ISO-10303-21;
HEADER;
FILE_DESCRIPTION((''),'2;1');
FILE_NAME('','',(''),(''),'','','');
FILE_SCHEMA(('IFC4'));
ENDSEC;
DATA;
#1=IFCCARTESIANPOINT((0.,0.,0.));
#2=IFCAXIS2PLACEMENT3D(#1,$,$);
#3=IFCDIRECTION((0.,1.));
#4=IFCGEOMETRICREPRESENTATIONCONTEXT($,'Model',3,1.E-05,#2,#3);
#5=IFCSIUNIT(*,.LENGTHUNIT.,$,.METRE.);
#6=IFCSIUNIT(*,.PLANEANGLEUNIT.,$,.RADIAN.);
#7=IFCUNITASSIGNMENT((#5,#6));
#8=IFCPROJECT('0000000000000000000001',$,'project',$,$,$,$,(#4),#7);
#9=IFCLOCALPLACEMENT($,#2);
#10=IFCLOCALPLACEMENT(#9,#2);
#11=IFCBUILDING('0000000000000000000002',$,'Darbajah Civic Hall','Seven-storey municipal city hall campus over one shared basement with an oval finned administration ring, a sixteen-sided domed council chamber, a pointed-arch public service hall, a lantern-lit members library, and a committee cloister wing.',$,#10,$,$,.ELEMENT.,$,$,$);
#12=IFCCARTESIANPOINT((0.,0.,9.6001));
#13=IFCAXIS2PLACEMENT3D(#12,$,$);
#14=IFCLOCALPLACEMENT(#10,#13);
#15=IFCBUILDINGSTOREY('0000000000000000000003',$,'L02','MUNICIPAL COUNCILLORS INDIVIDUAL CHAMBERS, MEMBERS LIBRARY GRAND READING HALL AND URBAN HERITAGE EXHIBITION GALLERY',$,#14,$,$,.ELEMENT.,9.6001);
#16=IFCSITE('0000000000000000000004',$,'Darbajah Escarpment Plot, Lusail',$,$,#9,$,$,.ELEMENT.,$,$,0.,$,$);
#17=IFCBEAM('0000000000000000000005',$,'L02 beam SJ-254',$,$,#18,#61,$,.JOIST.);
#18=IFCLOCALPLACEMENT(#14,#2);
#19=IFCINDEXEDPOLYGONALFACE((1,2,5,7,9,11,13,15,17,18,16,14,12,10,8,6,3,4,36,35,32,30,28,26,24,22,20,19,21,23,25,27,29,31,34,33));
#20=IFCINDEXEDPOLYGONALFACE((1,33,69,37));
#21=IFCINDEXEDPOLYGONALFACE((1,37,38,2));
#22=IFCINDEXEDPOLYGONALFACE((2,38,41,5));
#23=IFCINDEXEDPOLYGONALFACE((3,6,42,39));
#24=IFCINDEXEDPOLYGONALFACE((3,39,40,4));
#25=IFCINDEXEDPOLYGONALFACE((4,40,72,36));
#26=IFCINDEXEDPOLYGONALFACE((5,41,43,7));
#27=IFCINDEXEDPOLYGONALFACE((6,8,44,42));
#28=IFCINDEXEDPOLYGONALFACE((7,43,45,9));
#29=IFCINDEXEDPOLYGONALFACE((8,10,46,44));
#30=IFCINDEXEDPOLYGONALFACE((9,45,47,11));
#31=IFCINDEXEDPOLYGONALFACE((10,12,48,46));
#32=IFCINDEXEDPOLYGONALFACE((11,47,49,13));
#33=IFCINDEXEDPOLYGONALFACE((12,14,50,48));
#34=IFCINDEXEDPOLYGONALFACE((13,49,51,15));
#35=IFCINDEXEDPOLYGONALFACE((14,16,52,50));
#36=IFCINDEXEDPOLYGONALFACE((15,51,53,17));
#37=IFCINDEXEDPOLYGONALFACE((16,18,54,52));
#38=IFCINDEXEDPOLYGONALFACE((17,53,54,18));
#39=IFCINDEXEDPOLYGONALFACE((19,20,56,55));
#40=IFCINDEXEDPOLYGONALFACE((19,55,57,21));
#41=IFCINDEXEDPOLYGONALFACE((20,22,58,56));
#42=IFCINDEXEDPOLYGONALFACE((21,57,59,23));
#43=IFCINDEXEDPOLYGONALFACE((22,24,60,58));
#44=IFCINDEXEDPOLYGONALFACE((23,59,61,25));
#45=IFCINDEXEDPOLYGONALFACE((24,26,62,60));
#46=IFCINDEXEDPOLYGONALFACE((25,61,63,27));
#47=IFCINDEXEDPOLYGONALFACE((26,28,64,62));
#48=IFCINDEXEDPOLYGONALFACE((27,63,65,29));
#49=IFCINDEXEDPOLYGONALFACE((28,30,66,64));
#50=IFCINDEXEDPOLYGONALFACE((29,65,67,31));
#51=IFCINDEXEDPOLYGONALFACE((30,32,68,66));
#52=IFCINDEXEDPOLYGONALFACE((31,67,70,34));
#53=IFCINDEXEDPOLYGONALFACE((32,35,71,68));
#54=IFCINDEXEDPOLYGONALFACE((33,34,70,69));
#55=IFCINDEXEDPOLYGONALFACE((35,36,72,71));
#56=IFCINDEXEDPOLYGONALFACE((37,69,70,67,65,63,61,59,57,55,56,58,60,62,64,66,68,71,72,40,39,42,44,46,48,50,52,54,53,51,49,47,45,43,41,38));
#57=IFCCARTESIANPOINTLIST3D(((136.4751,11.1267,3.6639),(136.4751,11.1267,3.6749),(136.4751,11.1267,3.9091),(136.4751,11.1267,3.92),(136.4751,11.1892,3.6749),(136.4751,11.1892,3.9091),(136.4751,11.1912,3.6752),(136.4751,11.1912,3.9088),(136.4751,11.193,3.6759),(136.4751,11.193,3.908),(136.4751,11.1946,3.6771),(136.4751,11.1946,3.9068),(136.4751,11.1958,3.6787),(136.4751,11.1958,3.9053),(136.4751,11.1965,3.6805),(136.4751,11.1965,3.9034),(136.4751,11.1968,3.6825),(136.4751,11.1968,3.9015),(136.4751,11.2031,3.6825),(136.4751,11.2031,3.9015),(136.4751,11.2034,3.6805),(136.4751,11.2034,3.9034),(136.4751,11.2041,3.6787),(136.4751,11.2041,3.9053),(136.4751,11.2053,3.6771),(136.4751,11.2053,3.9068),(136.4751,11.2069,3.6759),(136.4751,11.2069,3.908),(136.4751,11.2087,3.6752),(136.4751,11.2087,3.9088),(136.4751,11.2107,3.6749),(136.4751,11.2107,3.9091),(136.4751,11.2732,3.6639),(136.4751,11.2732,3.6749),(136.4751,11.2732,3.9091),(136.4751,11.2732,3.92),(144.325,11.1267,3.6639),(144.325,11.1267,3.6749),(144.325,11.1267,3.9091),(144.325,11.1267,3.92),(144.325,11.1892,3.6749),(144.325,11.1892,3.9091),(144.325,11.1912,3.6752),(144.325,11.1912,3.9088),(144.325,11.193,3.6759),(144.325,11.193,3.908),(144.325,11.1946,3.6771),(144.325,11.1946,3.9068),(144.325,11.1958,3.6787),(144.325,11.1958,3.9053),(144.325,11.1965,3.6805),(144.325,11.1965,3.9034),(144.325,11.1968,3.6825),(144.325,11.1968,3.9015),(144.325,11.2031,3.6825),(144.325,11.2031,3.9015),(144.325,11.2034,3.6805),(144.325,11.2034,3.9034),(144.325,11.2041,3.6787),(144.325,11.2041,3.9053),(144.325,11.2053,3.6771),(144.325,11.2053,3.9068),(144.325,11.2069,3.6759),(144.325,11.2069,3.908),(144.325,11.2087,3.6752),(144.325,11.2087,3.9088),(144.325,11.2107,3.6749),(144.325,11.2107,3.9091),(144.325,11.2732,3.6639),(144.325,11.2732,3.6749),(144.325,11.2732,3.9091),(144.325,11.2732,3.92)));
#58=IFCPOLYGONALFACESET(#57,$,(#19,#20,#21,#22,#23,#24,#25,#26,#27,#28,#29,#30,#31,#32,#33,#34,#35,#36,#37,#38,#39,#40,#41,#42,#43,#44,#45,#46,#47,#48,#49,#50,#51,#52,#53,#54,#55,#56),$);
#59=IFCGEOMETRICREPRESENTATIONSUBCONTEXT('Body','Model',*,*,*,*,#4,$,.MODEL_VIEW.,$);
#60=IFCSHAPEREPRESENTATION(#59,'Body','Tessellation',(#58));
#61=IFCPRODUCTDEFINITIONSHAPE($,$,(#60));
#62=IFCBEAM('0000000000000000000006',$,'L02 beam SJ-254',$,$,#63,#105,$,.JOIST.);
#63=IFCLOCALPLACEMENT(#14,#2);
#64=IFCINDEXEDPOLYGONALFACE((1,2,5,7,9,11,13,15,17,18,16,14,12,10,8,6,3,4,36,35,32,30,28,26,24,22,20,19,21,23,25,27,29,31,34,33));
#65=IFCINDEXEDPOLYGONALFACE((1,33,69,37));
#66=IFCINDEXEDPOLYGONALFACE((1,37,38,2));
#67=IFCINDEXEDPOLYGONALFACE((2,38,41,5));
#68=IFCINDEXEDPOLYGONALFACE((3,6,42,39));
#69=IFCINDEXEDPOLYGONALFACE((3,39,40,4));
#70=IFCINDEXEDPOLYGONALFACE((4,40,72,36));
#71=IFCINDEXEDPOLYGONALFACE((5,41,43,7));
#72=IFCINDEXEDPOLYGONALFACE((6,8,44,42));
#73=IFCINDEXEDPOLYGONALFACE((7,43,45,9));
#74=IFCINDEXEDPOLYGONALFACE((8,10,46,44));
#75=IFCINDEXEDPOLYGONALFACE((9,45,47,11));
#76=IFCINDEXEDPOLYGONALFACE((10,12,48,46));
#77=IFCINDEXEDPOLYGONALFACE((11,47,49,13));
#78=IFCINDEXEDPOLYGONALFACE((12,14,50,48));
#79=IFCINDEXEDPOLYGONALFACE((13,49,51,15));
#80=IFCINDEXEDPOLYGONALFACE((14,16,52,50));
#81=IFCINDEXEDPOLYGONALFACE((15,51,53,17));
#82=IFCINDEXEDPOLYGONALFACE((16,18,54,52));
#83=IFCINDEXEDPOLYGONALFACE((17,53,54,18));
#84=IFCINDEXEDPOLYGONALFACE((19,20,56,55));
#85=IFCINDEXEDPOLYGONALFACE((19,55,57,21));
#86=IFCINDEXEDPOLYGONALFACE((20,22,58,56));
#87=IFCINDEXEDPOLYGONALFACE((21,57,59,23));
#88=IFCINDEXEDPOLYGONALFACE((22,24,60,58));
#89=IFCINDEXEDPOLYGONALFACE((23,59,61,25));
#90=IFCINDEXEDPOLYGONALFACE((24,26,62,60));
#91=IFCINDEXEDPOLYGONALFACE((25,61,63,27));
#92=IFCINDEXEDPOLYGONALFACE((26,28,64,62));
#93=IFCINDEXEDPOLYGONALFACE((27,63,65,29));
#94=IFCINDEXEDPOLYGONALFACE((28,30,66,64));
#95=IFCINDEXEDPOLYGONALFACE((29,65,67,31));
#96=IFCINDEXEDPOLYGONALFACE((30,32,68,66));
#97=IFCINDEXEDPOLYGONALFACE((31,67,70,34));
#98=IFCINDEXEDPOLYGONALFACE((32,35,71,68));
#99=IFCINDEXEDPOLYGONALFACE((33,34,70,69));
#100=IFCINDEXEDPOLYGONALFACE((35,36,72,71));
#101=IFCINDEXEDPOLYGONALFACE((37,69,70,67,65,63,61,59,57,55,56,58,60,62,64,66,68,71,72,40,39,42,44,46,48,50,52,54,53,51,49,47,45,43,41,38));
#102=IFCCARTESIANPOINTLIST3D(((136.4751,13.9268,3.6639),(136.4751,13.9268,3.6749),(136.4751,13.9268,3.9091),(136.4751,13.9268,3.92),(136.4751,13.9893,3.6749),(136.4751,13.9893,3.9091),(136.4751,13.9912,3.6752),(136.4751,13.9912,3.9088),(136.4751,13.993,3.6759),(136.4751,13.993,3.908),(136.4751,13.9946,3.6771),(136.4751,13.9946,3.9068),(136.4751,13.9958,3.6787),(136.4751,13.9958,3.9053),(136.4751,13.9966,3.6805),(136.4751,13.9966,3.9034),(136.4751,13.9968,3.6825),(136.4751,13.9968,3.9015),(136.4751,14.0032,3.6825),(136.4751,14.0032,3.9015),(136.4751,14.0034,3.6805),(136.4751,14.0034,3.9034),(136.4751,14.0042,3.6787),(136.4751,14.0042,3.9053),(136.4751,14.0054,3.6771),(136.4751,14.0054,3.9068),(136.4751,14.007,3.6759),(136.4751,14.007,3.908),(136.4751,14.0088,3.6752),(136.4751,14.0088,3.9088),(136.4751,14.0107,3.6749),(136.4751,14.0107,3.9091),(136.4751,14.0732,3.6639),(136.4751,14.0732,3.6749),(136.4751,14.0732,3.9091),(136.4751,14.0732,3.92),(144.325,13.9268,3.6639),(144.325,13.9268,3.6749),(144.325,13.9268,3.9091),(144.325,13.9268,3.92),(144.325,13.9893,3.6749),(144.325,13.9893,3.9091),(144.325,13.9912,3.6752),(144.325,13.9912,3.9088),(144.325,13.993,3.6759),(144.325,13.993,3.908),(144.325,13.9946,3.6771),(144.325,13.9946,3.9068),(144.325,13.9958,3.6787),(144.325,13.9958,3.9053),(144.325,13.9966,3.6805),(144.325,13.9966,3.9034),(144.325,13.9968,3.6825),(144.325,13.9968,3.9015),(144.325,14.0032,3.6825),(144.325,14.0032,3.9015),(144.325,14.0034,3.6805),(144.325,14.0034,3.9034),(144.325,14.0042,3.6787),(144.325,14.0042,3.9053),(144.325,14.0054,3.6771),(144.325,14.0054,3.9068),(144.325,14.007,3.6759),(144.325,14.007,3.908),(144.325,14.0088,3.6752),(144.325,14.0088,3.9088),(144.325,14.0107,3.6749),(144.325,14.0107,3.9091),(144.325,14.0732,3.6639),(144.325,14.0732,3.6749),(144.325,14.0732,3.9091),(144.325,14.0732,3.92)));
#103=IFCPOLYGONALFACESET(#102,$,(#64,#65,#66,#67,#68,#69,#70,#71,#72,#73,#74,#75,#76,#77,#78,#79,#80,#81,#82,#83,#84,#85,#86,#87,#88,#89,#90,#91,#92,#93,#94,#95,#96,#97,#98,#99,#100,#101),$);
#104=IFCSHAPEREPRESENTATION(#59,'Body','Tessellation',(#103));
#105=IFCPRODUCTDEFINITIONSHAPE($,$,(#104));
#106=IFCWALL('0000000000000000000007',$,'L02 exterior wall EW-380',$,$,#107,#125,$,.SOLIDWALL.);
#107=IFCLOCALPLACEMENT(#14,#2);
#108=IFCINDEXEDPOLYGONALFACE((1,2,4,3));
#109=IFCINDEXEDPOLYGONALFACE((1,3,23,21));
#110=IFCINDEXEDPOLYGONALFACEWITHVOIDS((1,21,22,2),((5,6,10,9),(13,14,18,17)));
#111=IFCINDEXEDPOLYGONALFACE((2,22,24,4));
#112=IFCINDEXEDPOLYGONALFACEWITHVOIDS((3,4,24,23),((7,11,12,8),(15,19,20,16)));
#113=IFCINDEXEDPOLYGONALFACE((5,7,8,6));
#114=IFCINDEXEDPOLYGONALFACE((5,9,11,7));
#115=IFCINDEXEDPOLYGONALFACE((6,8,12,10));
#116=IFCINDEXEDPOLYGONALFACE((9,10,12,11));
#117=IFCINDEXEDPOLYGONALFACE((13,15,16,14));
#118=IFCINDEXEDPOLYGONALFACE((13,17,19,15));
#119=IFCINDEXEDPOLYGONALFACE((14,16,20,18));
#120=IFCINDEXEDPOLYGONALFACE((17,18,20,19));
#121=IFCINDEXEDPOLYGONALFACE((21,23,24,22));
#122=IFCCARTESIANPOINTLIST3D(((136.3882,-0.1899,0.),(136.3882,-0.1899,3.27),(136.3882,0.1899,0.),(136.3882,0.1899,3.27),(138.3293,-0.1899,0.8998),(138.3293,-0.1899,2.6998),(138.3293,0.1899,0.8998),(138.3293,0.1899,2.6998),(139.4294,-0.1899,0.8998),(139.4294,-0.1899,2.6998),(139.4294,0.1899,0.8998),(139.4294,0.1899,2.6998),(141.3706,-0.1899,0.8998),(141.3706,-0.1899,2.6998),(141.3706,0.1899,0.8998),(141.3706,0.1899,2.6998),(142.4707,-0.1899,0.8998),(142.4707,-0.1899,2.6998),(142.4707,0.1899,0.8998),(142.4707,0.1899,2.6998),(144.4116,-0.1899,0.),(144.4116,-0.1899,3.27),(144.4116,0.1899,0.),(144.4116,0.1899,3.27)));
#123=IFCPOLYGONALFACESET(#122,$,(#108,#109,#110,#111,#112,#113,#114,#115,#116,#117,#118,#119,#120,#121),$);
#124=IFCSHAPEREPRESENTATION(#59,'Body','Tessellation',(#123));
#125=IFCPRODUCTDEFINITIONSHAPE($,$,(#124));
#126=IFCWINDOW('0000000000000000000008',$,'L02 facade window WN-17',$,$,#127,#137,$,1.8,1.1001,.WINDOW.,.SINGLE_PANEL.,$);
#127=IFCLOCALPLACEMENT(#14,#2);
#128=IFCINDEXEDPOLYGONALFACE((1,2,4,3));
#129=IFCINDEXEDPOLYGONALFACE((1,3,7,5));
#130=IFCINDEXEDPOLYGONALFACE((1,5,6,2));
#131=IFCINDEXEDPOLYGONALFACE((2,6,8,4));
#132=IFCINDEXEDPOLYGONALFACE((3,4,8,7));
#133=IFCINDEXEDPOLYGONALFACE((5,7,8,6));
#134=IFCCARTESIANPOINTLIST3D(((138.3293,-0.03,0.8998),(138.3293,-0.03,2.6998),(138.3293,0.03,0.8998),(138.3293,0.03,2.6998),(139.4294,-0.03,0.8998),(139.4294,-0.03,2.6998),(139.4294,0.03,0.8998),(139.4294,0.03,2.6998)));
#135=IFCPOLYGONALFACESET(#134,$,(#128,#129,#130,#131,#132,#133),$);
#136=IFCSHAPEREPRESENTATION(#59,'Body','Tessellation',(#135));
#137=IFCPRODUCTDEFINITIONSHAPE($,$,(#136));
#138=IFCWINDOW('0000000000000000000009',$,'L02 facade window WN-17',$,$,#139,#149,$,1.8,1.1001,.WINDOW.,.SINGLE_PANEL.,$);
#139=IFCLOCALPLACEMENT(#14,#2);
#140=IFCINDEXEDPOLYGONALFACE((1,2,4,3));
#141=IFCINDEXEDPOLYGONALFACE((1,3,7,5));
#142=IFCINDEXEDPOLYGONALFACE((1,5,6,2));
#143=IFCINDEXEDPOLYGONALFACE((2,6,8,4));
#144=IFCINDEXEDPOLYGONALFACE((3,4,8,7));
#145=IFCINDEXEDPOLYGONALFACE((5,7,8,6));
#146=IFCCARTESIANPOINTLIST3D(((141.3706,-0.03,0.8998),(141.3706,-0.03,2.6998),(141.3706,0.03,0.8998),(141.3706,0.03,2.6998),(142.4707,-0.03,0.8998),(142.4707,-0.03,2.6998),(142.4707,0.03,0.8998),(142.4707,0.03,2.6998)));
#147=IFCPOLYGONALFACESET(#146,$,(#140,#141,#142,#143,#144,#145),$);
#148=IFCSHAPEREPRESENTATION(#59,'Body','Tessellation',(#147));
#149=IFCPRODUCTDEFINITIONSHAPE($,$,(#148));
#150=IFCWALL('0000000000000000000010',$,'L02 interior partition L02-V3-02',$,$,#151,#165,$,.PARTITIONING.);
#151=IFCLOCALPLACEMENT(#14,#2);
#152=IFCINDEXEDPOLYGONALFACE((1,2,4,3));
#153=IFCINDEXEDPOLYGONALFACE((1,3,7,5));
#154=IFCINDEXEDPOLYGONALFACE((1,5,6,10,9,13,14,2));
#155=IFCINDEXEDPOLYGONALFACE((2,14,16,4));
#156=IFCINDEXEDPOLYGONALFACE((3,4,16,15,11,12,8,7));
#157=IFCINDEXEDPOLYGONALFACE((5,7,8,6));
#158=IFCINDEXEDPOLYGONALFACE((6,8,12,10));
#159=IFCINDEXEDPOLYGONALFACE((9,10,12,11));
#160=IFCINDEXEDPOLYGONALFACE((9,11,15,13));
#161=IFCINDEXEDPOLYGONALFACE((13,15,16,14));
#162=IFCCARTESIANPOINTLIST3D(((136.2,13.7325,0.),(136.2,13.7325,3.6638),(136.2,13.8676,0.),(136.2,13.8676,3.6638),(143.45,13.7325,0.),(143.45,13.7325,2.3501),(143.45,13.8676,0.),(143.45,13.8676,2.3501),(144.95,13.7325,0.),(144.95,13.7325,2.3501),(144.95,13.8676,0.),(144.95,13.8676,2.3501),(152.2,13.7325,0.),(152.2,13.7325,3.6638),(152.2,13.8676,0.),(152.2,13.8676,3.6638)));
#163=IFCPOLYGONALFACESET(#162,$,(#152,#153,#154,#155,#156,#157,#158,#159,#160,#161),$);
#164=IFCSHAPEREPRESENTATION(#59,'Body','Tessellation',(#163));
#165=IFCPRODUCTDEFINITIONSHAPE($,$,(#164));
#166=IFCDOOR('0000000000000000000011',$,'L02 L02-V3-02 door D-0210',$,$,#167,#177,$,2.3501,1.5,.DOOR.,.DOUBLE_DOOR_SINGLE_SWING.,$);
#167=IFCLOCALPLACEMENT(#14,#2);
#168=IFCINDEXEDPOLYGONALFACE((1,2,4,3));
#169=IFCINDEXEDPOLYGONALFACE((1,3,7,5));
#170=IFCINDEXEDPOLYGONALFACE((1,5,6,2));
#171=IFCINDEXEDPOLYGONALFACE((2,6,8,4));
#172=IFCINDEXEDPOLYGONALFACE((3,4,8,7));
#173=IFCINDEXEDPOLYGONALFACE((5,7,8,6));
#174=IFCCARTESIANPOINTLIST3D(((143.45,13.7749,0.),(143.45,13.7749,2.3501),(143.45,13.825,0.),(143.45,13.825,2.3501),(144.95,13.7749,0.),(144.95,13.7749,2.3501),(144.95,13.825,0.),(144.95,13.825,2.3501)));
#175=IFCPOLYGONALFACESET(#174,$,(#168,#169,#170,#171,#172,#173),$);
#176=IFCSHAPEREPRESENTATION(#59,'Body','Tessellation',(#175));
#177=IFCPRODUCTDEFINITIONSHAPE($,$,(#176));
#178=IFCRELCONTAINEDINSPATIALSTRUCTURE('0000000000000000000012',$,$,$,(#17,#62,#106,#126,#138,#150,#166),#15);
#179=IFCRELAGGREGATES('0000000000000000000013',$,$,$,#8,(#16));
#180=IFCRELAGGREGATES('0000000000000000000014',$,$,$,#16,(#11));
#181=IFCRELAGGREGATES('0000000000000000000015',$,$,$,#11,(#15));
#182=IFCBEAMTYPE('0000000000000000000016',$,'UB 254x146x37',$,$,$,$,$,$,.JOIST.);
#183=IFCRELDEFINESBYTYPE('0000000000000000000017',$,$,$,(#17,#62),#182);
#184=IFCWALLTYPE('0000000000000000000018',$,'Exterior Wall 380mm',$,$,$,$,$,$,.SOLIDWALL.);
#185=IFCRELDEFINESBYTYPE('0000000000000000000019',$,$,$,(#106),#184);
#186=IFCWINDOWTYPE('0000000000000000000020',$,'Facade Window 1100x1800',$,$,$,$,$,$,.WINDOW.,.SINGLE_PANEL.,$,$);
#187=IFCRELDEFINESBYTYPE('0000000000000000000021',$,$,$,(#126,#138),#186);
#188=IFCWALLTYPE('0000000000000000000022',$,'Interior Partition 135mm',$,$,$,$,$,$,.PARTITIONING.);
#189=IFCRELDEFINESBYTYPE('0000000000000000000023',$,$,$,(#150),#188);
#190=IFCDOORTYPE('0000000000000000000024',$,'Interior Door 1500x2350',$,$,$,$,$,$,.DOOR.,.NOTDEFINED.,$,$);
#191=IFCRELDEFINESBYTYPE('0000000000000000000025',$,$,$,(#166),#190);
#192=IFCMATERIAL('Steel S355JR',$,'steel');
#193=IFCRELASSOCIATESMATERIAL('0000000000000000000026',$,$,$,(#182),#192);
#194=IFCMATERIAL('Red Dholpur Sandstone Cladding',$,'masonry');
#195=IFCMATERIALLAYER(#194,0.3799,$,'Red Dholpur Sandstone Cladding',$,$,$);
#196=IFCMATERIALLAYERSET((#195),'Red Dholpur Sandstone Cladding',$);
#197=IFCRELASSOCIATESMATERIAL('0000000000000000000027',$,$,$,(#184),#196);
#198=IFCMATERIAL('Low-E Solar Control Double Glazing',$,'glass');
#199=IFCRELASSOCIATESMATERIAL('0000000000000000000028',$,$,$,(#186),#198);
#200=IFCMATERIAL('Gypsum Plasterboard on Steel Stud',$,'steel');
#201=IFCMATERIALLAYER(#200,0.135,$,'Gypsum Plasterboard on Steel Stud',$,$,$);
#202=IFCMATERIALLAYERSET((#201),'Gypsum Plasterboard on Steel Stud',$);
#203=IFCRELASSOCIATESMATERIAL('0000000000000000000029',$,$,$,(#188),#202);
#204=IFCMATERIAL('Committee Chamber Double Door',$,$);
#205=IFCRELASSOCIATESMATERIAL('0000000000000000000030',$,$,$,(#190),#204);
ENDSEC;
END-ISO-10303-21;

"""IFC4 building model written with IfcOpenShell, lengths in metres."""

from ifc_helpers import new_model, si_unit, direction, frame, frame_2d, origin, origin_2d, place, context, subcontext, project, spatial, rectangle, i_section, extrude, material, layer, layer_set, material_profile, profile_set, type_object, element, fill, save


model = new_model("IFC4")

# Units and contexts
model_context = context("Model", 3, precision=1e-05, world=origin(), true_north=direction((0.0, 1.0)))
body_context = subcontext(model_context, "Body", "Model", "MODEL_VIEW")
ifc_project = project(units=[si_unit("LENGTHUNIT", "METRE"), si_unit("PLANEANGLEUNIT", "RADIAN")], contexts=[model_context])

# Site, building, storey
site_placement = place(None, origin())
site = spatial("IfcSite", under=ifc_project, at=site_placement, Name="Darbajah Escarpment Plot, Lusail", CompositionType="ELEMENT", RefElevation=0.0)
building_placement = place(site_placement, origin())
building = spatial("IfcBuilding", under=site, at=building_placement, Name="Darbajah Civic Hall", Description="Seven-storey municipal city hall campus over one shared basement with an oval finned administration ring, a sixteen-sided domed council chamber, a pointed-arch public service hall, a lantern-lit members library, and a committee cloister wing.", CompositionType="ELEMENT")
storey_placement = place(building_placement, frame((0.0, 0.0, 9.6001)))
storey = spatial("IfcBuildingStorey", under=building, at=storey_placement, Name="L02", Description="MUNICIPAL COUNCILLORS INDIVIDUAL CHAMBERS, MEMBERS LIBRARY GRAND READING HALL AND URBAN HERITAGE EXHIBITION GALLERY", CompositionType="ELEMENT", Elevation=9.6001)

# Shared definitions
ifc_material_1 = material(Name="Steel S355JR", Category="steel")

# Beams
ifc_material_profile_1 = material_profile(ifc_material_1, i_section(OverallWidth=0.1465, OverallDepth=0.2561, WebThickness=0.0063, FlangeThickness=0.011, FilletRadius=0.0076, at=origin_2d()), Name="UB 254x146x37")
ifc_profile_set_1 = profile_set([ifc_material_profile_1], Name="Steel S355JR")
beam_type_1 = type_object("IfcBeamType", Name="UB 254x146x37", PredefinedType="JOIST", material=ifc_profile_set_1)
for number, where, z_axis, x_axis, name in (
    (1, (136.4751, 11.2, 3.792), (1.0, 0.0, 0.0), (0.0, 1.0, 0.0), "L02 beam SJ-254"),
    (2, (136.4751, 14.0, 3.792), (1.0, 0.0, 0.0), (0.0, 1.0, 0.0), "L02 beam SJ-254"),
):
    element("IfcBeam", number, at=place(storey_placement, frame(where, z_axis=z_axis, x_axis=x_axis)), inside=storey, type_object=beam_type_1, Name=name, PredefinedType="JOIST", context=body_context, shape_type="SweptSolid", body=[
        extrude(i_section(OverallWidth=0.1465, OverallDepth=0.2561, WebThickness=0.0063, FlangeThickness=0.011, FilletRadius=0.0076, at=origin_2d()), origin(), (0.0, 0.0, 1.0), 7.8499),
    ])

# Wall, openings, windows
ifc_material_2 = material(Name="Red Dholpur Sandstone Cladding", Category="masonry")
ifc_layer_1 = layer(ifc_material_2, 0.3799, Name="Red Dholpur Sandstone Cladding")
ifc_layer_set_1 = layer_set([ifc_layer_1], Name="Red Dholpur Sandstone Cladding")
wall_type_1 = type_object("IfcWallType", Name="Exterior Wall 380mm", PredefinedType="SOLIDWALL", material=ifc_layer_set_1)
wall_1_placement = place(storey_placement, frame((136.3882, 0.0, 0.0), z_axis=(0.0, 0.0, 1.0), x_axis=(1.0, 0.0, 0.0)))
wall_1 = element("IfcWall", 3, at=wall_1_placement, inside=storey, type_object=wall_type_1, Name="L02 exterior wall EW-380", PredefinedType="SOLIDWALL", context=body_context, shape_type="SweptSolid", body=[
    extrude(rectangle(XDim=8.0234, YDim=0.3799, at=frame_2d((4.0117, 0.0))), origin(), (0.0, 0.0, 1.0), 3.27),
])
opening_1_placement = place(wall_1_placement, frame((1.9412, 0.0, 0.8999)))
opening_1 = element("IfcOpeningElement", 4, at=opening_1_placement, cuts=wall_1, PredefinedType="OPENING", context=body_context, shape_type="SweptSolid", body=[
    extrude(rectangle(XDim=1.1001, YDim=1.8, at=frame_2d((0.55, 0.8999))), frame((0.0, 0.2, 0.0), z_axis=(0.0, -1.0, 0.0), x_axis=(1.0, 0.0, 0.0)), (0.0, 0.0, 1.0), 0.3999),
])
opening_2_placement = place(wall_1_placement, frame((4.9824, 0.0, 0.8999)))
opening_2 = element("IfcOpeningElement", 5, at=opening_2_placement, cuts=wall_1, PredefinedType="OPENING", context=body_context, shape_type="SweptSolid", body=[
    extrude(rectangle(XDim=1.1001, YDim=1.8, at=frame_2d((0.55, 0.8999))), frame((0.0, 0.2, 0.0), z_axis=(0.0, -1.0, 0.0), x_axis=(1.0, 0.0, 0.0)), (0.0, 0.0, 1.0), 0.3999),
])
ifc_material_3 = material(Name="Low-E Solar Control Double Glazing", Category="glass")
window_type = type_object("IfcWindowType", Name="Facade Window 1100x1800", PartitioningType="SINGLE_PANEL", PredefinedType="WINDOW", material=ifc_material_3)
window_1_placement = place(opening_1_placement, origin())
window_1 = element("IfcWindow", 6, at=window_1_placement, inside=storey, type_object=window_type, Name="L02 facade window WN-17", OverallHeight=1.8, OverallWidth=1.1001, PartitioningType="SINGLE_PANEL", PredefinedType="WINDOW", context=body_context, shape_type="SweptSolid", body=[
    extrude(rectangle(XDim=1.1001, YDim=1.8, at=frame_2d((0.55, 0.8999))), frame((0.0, 0.03, 0.0), z_axis=(0.0, -1.0, 0.0), x_axis=(1.0, 0.0, 0.0)), (0.0, 0.0, 1.0), 0.0601),
])
fill(opening_1, window_1)
window_2_placement = place(opening_2_placement, origin())
window_2 = element("IfcWindow", 7, at=window_2_placement, inside=storey, type_object=window_type, Name="L02 facade window WN-17", OverallHeight=1.8, OverallWidth=1.1001, PartitioningType="SINGLE_PANEL", PredefinedType="WINDOW", context=body_context, shape_type="SweptSolid", body=[
    extrude(rectangle(XDim=1.1001, YDim=1.8, at=frame_2d((0.55, 0.8999))), frame((0.0, 0.03, 0.0), z_axis=(0.0, -1.0, 0.0), x_axis=(1.0, 0.0, 0.0)), (0.0, 0.0, 1.0), 0.0601),
])
fill(opening_2, window_2)

# Wall, opening, door
ifc_material_4 = material(Name="Gypsum Plasterboard on Steel Stud", Category="steel")
ifc_layer_2 = layer(ifc_material_4, 0.135, Name="Gypsum Plasterboard on Steel Stud")
ifc_layer_set_2 = layer_set([ifc_layer_2], Name="Gypsum Plasterboard on Steel Stud")
wall_type_2 = type_object("IfcWallType", Name="Interior Partition 135mm", PredefinedType="PARTITIONING", material=ifc_layer_set_2)
wall_2_placement = place(storey_placement, frame((136.2, 13.8, 0.0), z_axis=(0.0, 0.0, 1.0), x_axis=(1.0, 0.0, 0.0)))
wall_2 = element("IfcWall", 8, at=wall_2_placement, inside=storey, type_object=wall_type_2, Name="L02 interior partition L02-V3-02", PredefinedType="PARTITIONING", context=body_context, shape_type="SweptSolid", body=[
    extrude(rectangle(XDim=16.0, YDim=0.135, at=frame_2d((8.0, 0.0))), origin(), (0.0, 0.0, 1.0), 3.6638),
])
opening_3_placement = place(wall_2_placement, frame((7.25, 0.0, 0.0)))
opening_3 = element("IfcOpeningElement", 9, at=opening_3_placement, cuts=wall_2, PredefinedType="OPENING", context=body_context, shape_type="SweptSolid", body=[
    extrude(rectangle(XDim=1.5, YDim=2.3501, at=frame_2d((0.75, 1.175))), frame((0.0, 0.0774, 0.0), z_axis=(0.0, -1.0, 0.0), x_axis=(1.0, 0.0, 0.0)), (0.0, 0.0, 1.0), 0.155),
])
ifc_material_5 = material(Name="Committee Chamber Double Door")
door_type = type_object("IfcDoorType", Name="Interior Door 1500x2350", OperationType="NOTDEFINED", PredefinedType="DOOR", material=ifc_material_5)
door_placement = place(opening_3_placement, origin())
door = element("IfcDoor", 10, at=door_placement, inside=storey, type_object=door_type, Name="L02 L02-V3-02 door D-0210", OperationType="DOUBLE_DOOR_SINGLE_SWING", OverallHeight=2.3501, OverallWidth=1.5, PredefinedType="DOOR", context=body_context, shape_type="SweptSolid", body=[
    extrude(rectangle(XDim=1.5, YDim=2.3501, at=frame_2d((0.75, 1.175))), frame((0.0, 0.0249, 0.0), z_axis=(0.0, -1.0, 0.0), x_axis=(1.0, 0.0, 0.0)), (0.0, 0.0, 1.0), 0.05),
])
fill(opening_3, door)

save(model, "model.ifc")
